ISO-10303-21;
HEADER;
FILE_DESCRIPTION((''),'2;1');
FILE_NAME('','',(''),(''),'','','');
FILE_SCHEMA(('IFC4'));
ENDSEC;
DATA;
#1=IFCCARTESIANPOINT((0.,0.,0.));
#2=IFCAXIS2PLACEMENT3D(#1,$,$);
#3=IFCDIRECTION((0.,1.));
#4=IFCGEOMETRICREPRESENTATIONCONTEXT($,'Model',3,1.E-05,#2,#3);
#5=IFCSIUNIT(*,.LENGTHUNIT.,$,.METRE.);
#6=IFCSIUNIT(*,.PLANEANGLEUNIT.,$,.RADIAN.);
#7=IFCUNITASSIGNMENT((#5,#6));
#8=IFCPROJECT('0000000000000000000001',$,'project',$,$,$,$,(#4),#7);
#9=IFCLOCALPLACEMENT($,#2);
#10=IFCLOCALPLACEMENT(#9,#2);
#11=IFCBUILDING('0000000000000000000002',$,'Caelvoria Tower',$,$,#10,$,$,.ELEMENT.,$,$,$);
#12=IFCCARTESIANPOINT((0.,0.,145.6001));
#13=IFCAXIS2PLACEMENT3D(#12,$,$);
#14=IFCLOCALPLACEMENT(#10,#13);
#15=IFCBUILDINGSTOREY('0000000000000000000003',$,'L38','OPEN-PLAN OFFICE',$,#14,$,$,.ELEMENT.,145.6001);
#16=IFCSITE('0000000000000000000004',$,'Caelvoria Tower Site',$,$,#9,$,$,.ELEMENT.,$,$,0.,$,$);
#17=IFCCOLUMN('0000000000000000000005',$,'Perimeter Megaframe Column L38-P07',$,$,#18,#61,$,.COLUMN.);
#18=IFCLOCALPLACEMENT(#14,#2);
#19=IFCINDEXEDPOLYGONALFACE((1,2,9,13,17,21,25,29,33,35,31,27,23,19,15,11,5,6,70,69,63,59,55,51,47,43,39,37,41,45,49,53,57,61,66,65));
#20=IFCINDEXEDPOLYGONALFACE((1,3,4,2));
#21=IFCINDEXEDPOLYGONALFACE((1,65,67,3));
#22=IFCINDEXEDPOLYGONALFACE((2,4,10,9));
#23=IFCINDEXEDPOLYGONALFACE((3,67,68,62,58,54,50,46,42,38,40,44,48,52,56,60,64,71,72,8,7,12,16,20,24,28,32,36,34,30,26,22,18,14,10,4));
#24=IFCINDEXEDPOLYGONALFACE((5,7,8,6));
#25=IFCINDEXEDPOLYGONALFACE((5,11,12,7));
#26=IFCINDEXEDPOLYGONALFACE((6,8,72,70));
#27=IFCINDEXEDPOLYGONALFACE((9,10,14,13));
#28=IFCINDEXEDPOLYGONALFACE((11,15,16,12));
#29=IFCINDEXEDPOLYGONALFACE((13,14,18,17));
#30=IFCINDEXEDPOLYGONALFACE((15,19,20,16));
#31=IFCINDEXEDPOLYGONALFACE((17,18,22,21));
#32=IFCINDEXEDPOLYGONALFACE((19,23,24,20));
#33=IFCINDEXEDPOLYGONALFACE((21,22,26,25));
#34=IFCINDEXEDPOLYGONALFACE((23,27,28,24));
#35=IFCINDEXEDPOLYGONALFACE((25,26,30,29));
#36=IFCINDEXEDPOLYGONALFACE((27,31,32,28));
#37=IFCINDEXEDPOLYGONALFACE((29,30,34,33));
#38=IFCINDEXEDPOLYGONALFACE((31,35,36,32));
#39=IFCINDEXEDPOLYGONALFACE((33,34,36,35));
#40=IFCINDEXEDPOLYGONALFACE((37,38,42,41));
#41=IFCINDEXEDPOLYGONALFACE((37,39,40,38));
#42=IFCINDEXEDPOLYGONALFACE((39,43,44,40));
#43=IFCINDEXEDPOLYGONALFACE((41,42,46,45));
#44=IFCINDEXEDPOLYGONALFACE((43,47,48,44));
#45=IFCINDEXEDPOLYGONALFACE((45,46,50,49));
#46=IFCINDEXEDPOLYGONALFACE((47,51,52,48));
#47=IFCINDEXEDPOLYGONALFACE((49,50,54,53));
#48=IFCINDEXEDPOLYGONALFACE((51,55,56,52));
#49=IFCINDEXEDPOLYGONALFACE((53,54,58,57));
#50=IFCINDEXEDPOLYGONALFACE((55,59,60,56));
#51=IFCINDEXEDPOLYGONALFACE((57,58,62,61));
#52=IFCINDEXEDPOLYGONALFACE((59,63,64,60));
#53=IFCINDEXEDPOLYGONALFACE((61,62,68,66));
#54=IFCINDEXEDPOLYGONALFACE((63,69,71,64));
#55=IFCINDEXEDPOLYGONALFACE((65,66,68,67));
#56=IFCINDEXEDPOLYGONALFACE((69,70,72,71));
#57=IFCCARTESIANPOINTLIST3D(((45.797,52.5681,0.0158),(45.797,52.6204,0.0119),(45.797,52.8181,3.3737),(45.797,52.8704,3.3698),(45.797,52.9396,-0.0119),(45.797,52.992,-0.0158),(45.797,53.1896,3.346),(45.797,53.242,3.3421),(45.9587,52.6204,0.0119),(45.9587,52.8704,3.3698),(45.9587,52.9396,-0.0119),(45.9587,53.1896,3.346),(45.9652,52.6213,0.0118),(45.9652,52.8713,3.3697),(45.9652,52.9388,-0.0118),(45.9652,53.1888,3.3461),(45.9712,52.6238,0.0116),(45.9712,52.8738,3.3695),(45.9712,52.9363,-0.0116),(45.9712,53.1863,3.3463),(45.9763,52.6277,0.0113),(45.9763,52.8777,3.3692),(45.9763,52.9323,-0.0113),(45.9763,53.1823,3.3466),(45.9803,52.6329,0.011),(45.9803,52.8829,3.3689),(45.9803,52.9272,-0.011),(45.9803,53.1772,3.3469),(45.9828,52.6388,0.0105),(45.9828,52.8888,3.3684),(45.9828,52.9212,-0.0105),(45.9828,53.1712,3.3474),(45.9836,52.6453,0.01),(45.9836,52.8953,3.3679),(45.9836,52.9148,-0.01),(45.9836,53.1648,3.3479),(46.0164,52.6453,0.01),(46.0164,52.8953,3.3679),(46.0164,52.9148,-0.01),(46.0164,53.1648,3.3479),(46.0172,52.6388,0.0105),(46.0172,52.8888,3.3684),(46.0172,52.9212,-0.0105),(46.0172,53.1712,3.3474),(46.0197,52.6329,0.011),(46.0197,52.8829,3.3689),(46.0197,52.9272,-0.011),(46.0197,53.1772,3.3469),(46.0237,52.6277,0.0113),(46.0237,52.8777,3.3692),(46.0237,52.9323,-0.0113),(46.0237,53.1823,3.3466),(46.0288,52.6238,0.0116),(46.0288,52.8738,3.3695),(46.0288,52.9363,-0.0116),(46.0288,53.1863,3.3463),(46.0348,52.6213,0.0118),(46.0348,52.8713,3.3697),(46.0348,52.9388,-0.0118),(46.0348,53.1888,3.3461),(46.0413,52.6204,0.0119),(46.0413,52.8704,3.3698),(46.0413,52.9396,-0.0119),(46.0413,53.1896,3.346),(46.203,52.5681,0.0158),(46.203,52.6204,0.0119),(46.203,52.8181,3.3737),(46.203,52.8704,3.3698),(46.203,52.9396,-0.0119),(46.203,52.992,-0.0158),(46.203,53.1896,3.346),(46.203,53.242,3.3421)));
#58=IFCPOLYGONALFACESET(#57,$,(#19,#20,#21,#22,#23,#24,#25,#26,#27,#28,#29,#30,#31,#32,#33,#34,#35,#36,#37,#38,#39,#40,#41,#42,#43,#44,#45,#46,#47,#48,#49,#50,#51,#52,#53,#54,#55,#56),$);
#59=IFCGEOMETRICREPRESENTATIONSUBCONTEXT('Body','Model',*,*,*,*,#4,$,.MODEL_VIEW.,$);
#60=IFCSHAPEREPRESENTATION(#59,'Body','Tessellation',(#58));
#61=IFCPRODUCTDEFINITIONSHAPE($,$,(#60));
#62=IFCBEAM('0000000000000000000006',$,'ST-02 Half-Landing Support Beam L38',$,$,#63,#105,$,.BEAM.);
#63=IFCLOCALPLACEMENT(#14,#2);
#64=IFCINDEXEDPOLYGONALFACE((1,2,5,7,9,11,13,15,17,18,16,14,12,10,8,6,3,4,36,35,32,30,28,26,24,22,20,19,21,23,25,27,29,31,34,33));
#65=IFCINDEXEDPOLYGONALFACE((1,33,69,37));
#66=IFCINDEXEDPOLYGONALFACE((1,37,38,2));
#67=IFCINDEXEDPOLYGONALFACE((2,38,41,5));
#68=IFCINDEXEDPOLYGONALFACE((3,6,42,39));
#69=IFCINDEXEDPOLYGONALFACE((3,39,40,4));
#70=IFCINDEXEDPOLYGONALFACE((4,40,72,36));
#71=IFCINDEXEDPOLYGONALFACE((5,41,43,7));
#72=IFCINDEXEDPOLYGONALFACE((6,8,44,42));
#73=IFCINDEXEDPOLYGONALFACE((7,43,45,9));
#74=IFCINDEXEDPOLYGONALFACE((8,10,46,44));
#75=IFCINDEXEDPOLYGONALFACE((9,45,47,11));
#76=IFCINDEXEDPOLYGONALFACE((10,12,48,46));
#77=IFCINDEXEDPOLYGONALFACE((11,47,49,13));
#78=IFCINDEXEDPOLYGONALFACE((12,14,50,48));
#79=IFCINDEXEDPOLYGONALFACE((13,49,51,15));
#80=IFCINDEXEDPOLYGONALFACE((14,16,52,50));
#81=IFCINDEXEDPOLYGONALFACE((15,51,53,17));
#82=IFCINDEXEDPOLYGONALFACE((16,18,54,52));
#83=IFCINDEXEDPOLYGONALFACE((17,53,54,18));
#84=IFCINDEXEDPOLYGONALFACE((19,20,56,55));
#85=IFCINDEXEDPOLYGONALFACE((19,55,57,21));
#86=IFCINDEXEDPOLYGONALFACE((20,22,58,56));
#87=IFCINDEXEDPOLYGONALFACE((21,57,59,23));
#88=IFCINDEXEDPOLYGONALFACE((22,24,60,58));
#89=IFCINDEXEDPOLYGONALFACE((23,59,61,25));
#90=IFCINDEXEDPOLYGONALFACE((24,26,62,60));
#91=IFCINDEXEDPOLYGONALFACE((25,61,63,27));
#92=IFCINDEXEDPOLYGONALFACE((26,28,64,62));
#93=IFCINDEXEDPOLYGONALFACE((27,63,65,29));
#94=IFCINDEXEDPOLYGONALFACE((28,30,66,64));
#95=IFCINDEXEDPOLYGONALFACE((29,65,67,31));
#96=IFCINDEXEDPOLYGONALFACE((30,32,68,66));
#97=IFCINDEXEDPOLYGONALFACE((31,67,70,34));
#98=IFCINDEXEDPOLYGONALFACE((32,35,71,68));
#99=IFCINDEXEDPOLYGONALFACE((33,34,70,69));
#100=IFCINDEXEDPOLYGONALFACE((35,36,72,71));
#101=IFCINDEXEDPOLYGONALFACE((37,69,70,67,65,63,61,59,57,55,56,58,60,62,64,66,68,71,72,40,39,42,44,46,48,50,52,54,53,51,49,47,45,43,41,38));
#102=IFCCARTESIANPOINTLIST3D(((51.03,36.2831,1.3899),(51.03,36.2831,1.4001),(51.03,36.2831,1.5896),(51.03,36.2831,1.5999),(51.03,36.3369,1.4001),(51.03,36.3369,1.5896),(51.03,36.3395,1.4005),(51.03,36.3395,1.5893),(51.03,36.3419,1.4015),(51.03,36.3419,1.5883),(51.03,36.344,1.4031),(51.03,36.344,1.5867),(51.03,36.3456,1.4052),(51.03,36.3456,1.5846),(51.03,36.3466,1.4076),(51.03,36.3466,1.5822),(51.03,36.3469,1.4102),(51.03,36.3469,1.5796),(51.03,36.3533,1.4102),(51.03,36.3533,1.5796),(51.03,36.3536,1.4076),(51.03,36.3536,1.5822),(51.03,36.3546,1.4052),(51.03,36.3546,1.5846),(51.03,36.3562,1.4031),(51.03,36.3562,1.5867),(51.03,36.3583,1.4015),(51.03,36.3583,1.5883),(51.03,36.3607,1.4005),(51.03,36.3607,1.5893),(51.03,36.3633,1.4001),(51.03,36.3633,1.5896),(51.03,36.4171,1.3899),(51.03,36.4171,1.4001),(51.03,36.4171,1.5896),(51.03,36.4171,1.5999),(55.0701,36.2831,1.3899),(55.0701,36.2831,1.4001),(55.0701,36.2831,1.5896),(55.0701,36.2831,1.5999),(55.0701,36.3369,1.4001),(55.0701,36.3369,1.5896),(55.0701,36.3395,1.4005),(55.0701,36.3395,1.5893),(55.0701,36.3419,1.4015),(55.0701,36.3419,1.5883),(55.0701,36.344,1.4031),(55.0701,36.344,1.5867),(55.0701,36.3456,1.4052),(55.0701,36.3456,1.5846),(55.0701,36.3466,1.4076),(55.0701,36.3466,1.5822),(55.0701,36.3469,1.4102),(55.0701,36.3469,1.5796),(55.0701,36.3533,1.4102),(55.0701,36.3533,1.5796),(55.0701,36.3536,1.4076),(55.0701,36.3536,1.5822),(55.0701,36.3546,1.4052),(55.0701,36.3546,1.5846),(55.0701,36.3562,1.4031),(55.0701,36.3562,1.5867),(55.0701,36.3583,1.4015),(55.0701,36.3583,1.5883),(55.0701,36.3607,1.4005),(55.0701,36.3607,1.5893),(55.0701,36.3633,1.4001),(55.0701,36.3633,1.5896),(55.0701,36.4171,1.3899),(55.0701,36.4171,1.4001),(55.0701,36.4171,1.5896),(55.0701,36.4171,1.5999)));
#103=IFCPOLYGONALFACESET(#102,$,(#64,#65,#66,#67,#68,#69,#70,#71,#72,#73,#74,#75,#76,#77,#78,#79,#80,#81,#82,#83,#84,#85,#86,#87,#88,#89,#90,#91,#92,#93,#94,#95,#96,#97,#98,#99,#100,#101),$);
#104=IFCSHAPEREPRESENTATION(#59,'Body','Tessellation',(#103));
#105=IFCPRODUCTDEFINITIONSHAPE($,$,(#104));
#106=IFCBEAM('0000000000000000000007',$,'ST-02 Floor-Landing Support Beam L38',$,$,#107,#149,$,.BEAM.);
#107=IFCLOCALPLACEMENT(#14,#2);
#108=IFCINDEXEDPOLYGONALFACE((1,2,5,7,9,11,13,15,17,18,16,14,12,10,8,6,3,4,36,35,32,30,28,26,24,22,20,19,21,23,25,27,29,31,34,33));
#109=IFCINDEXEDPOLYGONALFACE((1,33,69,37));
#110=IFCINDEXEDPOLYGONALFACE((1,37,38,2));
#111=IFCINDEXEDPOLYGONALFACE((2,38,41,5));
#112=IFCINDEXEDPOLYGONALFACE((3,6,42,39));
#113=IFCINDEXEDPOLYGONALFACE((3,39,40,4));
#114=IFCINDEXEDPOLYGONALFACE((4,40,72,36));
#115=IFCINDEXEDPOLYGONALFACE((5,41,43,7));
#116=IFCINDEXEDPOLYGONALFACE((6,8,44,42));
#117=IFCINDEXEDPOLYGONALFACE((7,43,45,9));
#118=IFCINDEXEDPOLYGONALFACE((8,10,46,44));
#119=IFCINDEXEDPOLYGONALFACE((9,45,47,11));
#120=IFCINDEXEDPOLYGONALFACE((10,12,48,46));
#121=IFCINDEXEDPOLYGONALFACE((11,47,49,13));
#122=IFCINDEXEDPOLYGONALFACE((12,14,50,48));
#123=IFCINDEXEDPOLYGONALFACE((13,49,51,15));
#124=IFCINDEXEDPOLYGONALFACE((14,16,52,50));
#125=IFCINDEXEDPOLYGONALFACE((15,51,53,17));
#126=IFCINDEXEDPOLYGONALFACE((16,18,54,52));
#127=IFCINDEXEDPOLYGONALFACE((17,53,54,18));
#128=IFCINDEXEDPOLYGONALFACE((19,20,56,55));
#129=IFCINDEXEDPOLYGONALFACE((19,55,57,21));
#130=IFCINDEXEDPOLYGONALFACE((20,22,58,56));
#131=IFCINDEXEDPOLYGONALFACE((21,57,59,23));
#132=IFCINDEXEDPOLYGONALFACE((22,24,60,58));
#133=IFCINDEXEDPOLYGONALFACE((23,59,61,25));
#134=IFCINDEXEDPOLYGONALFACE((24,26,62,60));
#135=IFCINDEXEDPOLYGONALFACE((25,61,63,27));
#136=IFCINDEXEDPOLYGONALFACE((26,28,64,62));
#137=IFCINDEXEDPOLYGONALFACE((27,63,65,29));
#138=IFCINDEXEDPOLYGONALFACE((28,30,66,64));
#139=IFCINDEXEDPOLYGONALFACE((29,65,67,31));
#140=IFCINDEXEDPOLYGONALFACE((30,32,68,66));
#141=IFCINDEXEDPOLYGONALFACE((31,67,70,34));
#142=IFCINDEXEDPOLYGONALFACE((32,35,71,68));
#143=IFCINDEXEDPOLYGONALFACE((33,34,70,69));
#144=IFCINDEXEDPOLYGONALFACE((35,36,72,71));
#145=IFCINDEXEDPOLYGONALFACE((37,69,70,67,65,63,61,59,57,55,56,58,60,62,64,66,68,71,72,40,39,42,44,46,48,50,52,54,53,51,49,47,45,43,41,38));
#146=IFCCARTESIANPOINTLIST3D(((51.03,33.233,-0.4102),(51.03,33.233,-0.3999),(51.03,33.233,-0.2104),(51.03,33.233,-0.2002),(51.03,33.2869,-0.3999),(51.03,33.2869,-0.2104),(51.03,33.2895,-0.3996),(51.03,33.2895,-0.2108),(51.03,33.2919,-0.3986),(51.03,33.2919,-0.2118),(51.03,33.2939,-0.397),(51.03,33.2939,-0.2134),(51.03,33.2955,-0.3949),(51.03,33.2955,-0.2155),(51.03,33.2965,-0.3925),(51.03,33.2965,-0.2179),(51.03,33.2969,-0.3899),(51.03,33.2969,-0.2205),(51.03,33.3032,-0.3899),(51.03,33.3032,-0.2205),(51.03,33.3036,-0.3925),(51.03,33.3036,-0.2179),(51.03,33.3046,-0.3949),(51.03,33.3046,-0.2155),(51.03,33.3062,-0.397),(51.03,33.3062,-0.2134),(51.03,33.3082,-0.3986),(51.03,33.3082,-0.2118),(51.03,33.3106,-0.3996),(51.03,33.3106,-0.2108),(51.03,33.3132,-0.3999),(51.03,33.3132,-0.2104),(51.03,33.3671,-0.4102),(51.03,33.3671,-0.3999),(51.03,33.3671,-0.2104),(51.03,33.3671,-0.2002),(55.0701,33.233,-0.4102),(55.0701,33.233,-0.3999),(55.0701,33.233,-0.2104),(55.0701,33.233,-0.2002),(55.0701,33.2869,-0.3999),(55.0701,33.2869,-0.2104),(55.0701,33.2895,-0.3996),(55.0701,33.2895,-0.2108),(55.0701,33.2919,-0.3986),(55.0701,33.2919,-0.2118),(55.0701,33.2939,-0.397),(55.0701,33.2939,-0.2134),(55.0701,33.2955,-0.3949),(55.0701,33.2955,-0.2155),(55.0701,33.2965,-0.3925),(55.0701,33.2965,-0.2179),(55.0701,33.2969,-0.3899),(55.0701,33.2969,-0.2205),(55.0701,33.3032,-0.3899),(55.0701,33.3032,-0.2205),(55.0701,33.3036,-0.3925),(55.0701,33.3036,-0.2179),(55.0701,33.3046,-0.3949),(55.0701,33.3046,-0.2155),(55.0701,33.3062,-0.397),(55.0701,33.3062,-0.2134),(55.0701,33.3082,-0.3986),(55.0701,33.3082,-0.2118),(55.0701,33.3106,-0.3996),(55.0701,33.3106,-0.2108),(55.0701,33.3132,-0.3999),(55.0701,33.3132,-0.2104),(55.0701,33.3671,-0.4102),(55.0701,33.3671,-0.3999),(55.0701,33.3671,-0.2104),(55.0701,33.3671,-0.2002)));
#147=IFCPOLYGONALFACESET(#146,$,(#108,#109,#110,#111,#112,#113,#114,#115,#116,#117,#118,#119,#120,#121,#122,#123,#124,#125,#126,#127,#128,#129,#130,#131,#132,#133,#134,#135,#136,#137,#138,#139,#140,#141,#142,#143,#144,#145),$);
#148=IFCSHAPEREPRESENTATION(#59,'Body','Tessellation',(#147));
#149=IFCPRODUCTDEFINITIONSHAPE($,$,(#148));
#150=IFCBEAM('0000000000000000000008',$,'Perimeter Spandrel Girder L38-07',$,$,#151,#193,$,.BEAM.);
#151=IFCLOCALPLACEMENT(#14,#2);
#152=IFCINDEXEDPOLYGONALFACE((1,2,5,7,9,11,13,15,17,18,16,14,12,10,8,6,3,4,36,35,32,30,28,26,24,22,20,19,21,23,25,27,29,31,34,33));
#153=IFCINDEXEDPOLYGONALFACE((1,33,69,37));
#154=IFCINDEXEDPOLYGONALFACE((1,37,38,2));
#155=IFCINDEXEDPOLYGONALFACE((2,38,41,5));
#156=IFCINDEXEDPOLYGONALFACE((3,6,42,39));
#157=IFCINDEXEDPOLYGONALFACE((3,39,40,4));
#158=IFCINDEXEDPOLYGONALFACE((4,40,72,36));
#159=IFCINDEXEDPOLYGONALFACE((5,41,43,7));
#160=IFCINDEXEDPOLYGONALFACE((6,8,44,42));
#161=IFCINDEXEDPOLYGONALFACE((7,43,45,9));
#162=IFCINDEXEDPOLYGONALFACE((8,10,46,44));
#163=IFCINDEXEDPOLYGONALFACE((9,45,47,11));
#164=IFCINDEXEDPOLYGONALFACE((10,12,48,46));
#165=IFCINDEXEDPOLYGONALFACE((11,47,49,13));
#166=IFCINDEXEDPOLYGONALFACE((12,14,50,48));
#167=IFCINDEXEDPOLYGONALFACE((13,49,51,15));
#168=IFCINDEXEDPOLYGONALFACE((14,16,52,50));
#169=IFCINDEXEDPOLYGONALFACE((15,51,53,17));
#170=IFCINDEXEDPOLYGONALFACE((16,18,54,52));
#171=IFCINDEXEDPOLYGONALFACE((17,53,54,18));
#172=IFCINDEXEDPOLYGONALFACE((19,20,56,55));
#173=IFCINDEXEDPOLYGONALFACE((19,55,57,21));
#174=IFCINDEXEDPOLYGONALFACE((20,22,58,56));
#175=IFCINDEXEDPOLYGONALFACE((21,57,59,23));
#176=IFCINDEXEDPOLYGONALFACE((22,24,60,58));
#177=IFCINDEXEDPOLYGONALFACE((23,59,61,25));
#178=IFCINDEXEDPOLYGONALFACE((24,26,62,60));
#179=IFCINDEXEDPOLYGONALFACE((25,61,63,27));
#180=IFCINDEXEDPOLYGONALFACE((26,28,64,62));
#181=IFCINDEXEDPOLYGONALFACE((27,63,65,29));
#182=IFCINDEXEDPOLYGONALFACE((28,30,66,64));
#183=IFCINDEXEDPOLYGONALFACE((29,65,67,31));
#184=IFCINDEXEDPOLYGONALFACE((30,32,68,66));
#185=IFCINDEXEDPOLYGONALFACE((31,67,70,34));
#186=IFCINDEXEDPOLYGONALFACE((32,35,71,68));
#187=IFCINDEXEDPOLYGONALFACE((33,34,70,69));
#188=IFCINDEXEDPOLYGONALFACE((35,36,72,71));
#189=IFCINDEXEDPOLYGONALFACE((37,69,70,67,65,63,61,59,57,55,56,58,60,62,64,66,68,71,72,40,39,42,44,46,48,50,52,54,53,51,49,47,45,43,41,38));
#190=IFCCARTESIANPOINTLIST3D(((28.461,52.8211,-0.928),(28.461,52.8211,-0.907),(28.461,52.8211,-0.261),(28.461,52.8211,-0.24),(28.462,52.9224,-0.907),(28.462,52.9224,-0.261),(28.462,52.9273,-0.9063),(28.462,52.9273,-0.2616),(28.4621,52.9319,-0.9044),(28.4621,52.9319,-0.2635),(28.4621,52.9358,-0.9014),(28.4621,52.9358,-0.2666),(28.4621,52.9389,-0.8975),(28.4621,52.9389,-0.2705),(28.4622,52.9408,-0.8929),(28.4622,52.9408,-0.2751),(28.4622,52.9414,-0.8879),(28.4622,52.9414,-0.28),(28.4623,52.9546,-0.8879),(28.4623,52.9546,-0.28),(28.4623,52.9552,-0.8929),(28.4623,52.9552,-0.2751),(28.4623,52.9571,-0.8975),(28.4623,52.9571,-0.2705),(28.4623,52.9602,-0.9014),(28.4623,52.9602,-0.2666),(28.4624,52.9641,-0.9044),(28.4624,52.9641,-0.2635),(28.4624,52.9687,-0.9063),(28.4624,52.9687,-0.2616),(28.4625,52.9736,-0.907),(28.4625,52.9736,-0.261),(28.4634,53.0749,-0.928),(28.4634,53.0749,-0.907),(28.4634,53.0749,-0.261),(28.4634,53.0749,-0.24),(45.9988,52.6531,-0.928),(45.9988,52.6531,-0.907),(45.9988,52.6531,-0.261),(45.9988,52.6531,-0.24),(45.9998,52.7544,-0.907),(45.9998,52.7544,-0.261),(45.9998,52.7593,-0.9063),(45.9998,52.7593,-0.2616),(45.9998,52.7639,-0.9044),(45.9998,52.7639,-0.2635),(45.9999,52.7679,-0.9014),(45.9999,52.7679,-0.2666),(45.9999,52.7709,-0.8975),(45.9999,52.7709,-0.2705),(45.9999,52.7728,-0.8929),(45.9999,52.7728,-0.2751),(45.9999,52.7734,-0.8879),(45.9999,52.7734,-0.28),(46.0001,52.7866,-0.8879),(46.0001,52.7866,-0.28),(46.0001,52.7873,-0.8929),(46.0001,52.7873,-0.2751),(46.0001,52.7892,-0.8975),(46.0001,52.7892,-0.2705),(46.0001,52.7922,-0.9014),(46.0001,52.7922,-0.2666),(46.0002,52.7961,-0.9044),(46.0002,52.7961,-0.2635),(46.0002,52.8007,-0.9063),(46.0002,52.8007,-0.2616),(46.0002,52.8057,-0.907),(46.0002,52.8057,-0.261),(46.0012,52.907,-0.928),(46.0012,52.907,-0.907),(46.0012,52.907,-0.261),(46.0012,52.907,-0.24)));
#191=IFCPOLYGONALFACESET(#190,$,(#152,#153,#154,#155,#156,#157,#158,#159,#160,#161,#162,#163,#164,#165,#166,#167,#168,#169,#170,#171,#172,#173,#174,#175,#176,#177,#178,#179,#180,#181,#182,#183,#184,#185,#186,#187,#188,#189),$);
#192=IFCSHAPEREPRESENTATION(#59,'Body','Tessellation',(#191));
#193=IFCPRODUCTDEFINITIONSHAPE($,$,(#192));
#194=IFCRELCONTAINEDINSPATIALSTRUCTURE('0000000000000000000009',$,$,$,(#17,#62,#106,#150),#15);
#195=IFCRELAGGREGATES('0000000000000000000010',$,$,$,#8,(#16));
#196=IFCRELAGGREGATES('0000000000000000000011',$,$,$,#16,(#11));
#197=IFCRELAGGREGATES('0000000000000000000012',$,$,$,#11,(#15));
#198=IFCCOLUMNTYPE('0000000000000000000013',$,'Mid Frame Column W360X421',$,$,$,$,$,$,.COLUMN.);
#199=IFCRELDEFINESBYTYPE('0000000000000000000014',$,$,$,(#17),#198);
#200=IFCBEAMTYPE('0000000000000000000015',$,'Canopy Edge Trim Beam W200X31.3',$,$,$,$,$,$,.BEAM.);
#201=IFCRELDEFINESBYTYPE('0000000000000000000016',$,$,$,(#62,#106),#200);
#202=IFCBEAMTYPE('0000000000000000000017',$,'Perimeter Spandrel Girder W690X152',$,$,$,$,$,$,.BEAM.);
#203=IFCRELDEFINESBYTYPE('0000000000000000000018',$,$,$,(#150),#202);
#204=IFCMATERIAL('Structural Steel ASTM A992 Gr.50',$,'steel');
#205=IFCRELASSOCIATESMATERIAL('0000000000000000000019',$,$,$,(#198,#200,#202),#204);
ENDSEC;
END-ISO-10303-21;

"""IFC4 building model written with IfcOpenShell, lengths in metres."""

from ifc_helpers import new_model, si_unit, direction, frame, origin, origin_2d, place, context, subcontext, project, spatial, i_section, extrude, material, material_profile, profile_set, type_object, element, save


model = new_model("IFC4")

# Units and contexts
model_context = context("Model", 3, precision=1e-05, world=origin(), true_north=direction((0.0, 1.0)))
body_context = subcontext(model_context, "Body", "Model", "MODEL_VIEW")
ifc_project = project(units=[si_unit("LENGTHUNIT", "METRE"), si_unit("PLANEANGLEUNIT", "RADIAN")], contexts=[model_context])

# Site, building, storey
site_placement = place(None, origin())
site = spatial("IfcSite", under=ifc_project, at=site_placement, Name="Caelvoria Tower Site", CompositionType="ELEMENT", RefElevation=0.0)
building_placement = place(site_placement, origin())
building = spatial("IfcBuilding", under=site, at=building_placement, Name="Caelvoria Tower", CompositionType="ELEMENT")
storey_placement = place(building_placement, frame((0.0, 0.0, 145.6001)))
storey = spatial("IfcBuildingStorey", under=building, at=storey_placement, Name="L38", Description="OPEN-PLAN OFFICE", CompositionType="ELEMENT", Elevation=145.6001)

# Column
ifc_material_1 = material(Name="Structural Steel ASTM A992 Gr.50", Category="steel")
ifc_material_profile_1 = material_profile(ifc_material_1, i_section(OverallWidth=0.406, OverallDepth=0.425, WebThickness=0.0327, FlangeThickness=0.0525, FilletRadius=0.0249, at=origin_2d()), Name="Structural Steel ASTM A992 Gr.50")
ifc_profile_set_1 = profile_set([ifc_material_profile_1], Name="W360X421 - Structural Steel ASTM A992 Gr.50")
column_type = type_object("IfcColumnType", Name="Mid Frame Column W360X421", PredefinedType="COLUMN", material=ifc_profile_set_1)
column_placement = place(storey_placement, frame((46.0, 52.78, 0.0), z_axis=(0.0, 0.074246, 0.99724), x_axis=(-1.0, 0.0, 0.0)))
element("IfcColumn", 1, at=column_placement, inside=storey, type_object=column_type, Name="Perimeter Megaframe Column L38-P07", PredefinedType="COLUMN", context=body_context, shape_type="SweptSolid", body=[
    extrude(i_section(OverallWidth=0.406, OverallDepth=0.425, WebThickness=0.0327, FlangeThickness=0.0525, FilletRadius=0.0249, at=origin_2d()), origin(), (0.0, 0.0, 1.0), 3.3672),
])

# Beams
ifc_material_profile_2 = material_profile(ifc_material_1, i_section(OverallWidth=0.134, OverallDepth=0.21, WebThickness=0.0063, FlangeThickness=0.0103, FilletRadius=0.01, at=origin_2d()), Name="Structural Steel ASTM A992 Gr.50")
ifc_profile_set_2 = profile_set([ifc_material_profile_2], Name="W200X31.3 - Structural Steel ASTM A992 Gr.50")
beam_type_1 = type_object("IfcBeamType", Name="Canopy Edge Trim Beam W200X31.3", PredefinedType="BEAM", material=ifc_profile_set_2)
for number, where, z_axis, x_axis, name in (
    (2, (51.03, 36.3501, 1.4949), (1.0, 0.0, 0.0), (0.0, 1.0, 0.0), "ST-02 Half-Landing Support Beam L38"),
    (3, (51.03, 33.3, -0.3052), (1.0, 0.0, 0.0), (0.0, 1.0, 0.0), "ST-02 Floor-Landing Support Beam L38"),
):
    element("IfcBeam", number, at=place(storey_placement, frame(where, z_axis=z_axis, x_axis=x_axis)), inside=storey, type_object=beam_type_1, Name=name, PredefinedType="BEAM", context=body_context, shape_type="SweptSolid", body=[
        extrude(i_section(OverallWidth=0.134, OverallDepth=0.21, WebThickness=0.0063, FlangeThickness=0.0103, FilletRadius=0.01, at=origin_2d()), origin(), (0.0, 0.0, 1.0), 4.04),
    ])
ifc_material_profile_3 = material_profile(ifc_material_1, i_section(OverallWidth=0.2539, OverallDepth=0.688, WebThickness=0.0132, FlangeThickness=0.021, FilletRadius=0.019, at=origin_2d()), Name="Structural Steel ASTM A992 Gr.50")
ifc_profile_set_3 = profile_set([ifc_material_profile_3], Name="W690X152 - Structural Steel ASTM A992 Gr.50")
beam_type_2 = type_object("IfcBeamType", Name="Perimeter Spandrel Girder W690X152", PredefinedType="BEAM", material=ifc_profile_set_3)
beam_1_placement = place(storey_placement, frame((46.0, 52.78, -0.584), z_axis=(-0.999954, 0.009577, 0.0), x_axis=(-0.009577, -0.999954, 0.0)))
element("IfcBeam", 4, at=beam_1_placement, inside=storey, type_object=beam_type_2, Name="Perimeter Spandrel Girder L38-07", PredefinedType="BEAM", context=body_context, shape_type="SweptSolid", body=[
    extrude(i_section(OverallWidth=0.2539, OverallDepth=0.688, WebThickness=0.0132, FlangeThickness=0.021, FilletRadius=0.019, at=origin_2d()), origin(), (0.0, 0.0, 1.0), 17.5386),
])

save(model, "model.ifc")
